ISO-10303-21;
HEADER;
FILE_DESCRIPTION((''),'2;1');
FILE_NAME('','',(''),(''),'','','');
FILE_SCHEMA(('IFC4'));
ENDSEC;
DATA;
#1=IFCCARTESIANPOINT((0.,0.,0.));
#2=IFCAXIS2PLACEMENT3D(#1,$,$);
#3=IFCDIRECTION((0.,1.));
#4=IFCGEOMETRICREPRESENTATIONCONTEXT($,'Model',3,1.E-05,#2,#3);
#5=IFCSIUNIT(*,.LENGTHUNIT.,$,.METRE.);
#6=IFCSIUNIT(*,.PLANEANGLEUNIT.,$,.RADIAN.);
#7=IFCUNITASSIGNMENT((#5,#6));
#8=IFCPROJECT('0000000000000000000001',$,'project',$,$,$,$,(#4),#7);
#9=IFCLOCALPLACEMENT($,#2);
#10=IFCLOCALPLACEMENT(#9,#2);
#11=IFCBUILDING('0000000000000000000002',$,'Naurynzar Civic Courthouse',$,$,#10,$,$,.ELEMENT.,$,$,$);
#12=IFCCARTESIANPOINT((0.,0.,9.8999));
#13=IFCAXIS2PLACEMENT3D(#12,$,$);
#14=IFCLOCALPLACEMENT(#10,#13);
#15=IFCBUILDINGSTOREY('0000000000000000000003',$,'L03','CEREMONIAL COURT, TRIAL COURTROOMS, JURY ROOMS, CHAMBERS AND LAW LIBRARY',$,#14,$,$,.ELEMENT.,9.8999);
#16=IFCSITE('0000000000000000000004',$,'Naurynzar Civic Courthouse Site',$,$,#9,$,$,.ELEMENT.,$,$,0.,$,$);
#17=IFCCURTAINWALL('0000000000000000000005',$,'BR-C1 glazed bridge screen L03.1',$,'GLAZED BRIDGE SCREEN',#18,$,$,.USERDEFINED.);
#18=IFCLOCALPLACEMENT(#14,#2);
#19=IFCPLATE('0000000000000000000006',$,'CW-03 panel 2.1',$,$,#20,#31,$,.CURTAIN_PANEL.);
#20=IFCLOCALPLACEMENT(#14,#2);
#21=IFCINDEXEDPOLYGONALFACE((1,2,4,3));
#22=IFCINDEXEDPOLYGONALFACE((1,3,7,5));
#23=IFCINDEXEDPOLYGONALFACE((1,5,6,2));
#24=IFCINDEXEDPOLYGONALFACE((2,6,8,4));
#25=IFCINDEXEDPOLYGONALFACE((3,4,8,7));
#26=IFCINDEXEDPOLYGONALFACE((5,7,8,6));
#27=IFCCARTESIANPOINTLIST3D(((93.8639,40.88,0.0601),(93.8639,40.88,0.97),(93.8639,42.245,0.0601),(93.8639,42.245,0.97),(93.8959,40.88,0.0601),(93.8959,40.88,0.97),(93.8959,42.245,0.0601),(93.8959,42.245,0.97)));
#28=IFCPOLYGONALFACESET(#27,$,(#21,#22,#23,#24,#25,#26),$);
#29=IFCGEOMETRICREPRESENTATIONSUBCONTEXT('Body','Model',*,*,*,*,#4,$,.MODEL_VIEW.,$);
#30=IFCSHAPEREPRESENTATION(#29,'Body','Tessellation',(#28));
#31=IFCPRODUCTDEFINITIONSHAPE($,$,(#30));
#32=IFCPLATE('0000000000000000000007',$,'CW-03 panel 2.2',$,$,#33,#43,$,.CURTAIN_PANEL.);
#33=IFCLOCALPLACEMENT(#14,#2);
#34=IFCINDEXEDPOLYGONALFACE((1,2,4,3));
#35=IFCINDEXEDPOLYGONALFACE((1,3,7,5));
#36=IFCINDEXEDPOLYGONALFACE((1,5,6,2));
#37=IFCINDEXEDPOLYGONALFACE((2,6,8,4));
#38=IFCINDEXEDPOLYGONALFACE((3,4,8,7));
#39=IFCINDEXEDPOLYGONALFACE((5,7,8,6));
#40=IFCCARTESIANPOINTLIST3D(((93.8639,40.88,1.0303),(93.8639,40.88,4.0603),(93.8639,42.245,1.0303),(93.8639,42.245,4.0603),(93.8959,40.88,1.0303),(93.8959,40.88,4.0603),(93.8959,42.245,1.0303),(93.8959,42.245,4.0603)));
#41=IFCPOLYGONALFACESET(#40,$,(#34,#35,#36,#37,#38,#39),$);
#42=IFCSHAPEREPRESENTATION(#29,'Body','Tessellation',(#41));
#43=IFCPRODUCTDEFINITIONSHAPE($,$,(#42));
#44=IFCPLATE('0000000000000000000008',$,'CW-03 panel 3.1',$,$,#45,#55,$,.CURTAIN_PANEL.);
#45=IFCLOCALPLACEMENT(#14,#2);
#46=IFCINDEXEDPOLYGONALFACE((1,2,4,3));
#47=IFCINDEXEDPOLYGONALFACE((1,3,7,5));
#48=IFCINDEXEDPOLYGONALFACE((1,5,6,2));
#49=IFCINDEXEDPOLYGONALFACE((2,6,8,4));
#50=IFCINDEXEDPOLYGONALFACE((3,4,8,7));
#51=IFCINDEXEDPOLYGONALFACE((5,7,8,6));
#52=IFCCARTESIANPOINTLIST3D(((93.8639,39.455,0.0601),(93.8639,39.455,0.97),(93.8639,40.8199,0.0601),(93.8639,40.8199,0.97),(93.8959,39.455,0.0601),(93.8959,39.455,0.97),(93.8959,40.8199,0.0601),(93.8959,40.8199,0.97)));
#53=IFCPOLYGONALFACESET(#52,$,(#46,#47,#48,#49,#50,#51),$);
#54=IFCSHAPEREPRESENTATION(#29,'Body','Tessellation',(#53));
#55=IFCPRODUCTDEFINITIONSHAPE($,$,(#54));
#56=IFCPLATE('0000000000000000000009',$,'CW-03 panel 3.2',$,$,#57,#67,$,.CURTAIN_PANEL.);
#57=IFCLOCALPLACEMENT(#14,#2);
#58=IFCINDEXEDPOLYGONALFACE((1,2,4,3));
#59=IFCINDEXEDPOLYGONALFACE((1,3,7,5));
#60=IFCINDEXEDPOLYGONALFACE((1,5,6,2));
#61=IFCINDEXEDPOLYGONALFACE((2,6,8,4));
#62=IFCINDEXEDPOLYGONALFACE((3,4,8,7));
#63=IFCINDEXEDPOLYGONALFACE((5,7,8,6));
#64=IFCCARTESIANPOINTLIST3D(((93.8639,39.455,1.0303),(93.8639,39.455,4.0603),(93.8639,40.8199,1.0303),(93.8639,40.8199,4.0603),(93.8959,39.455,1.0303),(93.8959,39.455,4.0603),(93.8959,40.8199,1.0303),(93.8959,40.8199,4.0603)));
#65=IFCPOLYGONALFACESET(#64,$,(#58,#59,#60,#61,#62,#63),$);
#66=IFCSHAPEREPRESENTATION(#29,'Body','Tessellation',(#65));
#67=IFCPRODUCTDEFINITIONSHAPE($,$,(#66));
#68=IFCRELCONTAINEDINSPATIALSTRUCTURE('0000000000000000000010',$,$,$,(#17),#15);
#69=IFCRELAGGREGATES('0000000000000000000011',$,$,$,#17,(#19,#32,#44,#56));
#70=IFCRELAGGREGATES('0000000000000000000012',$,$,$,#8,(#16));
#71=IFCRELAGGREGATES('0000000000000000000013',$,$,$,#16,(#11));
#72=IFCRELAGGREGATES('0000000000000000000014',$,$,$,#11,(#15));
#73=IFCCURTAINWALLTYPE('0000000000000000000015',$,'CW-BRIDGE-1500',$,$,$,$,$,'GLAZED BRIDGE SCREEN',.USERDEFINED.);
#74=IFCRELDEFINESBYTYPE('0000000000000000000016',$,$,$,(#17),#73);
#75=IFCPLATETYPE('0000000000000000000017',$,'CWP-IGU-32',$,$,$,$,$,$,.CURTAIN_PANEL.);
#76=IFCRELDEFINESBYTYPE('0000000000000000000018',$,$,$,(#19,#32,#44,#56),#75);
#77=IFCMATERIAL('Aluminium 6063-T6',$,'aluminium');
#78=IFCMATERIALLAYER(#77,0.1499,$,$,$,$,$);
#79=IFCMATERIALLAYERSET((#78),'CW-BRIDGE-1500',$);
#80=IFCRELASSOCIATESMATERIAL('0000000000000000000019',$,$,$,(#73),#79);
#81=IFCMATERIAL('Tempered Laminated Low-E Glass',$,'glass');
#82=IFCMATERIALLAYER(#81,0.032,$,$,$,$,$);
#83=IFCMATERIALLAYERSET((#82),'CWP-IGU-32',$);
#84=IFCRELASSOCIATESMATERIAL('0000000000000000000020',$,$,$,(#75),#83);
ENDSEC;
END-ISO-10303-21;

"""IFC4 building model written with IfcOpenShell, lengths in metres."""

from ifc_helpers import new_model, si_unit, direction, frame, origin, origin_2d, place, context, subcontext, project, spatial, rectangle, extrude, material, layer, layer_set, type_object, element, aggregate, save


model = new_model("IFC4")

# Units and contexts
model_context = context("Model", 3, precision=1e-05, world=origin(), true_north=direction((0.0, 1.0)))
body_context = subcontext(model_context, "Body", "Model", "MODEL_VIEW")
ifc_project = project(units=[si_unit("LENGTHUNIT", "METRE"), si_unit("PLANEANGLEUNIT", "RADIAN")], contexts=[model_context])

# Site, building, storey
site_placement = place(None, origin())
site = spatial("IfcSite", under=ifc_project, at=site_placement, Name="Naurynzar Civic Courthouse Site", CompositionType="ELEMENT", RefElevation=0.0)
building_placement = place(site_placement, origin())
building = spatial("IfcBuilding", under=site, at=building_placement, Name="Naurynzar Civic Courthouse", CompositionType="ELEMENT")
storey_placement = place(building_placement, frame((0.0, 0.0, 9.8999)))
storey = spatial("IfcBuildingStorey", under=building, at=storey_placement, Name="L03", Description="CEREMONIAL COURT, TRIAL COURTROOMS, JURY ROOMS, CHAMBERS AND LAW LIBRARY", CompositionType="ELEMENT", Elevation=9.8999)

# Curtain wall, plates
ifc_material_1 = material(Name="Aluminium 6063-T6", Category="aluminium")
ifc_layer_1 = layer(ifc_material_1, 0.1499)
ifc_layer_set_1 = layer_set([ifc_layer_1], Name="CW-BRIDGE-1500")
curtain_wall_type = type_object("IfcCurtainWallType", Name="CW-BRIDGE-1500", ElementType="GLAZED BRIDGE SCREEN", PredefinedType="USERDEFINED", material=ifc_layer_set_1)
curtain_wall_placement = place(storey_placement, origin())
curtain_wall = element("IfcCurtainWall", 1, at=curtain_wall_placement, inside=storey, type_object=curtain_wall_type, Name="BR-C1 glazed bridge screen L03.1", ObjectType="GLAZED BRIDGE SCREEN", PredefinedType="USERDEFINED")
ifc_material_2 = material(Name="Tempered Laminated Low-E Glass", Category="glass")
ifc_layer_2 = layer(ifc_material_2, 0.032)
ifc_layer_set_2 = layer_set([ifc_layer_2], Name="CWP-IGU-32")
plate_type = type_object("IfcPlateType", Name="CWP-IGU-32", PredefinedType="CURTAIN_PANEL", material=ifc_layer_set_2)
plate_1_placement = place(storey_placement, frame((93.8799, 41.5625, 0.0601), z_axis=(0.0, 0.0, 1.0), x_axis=(0.0, -1.0, 0.0)))
plate_1 = element("IfcPlate", 2, at=plate_1_placement, type_object=plate_type, Name="CW-03 panel 2.1", PredefinedType="CURTAIN_PANEL", context=body_context, shape_type="SweptSolid", body=[
    extrude(rectangle(XDim=1.365, YDim=0.032, at=origin_2d()), origin(), (0.0, 0.0, 1.0), 0.9099),
])
plate_2_placement = place(storey_placement, frame((93.8799, 41.5625, 1.0303), z_axis=(0.0, 0.0, 1.0), x_axis=(0.0, -1.0, 0.0)))
plate_2 = element("IfcPlate", 3, at=plate_2_placement, type_object=plate_type, Name="CW-03 panel 2.2", PredefinedType="CURTAIN_PANEL", context=body_context, shape_type="SweptSolid", body=[
    extrude(rectangle(XDim=1.365, YDim=0.032, at=origin_2d()), origin(), (0.0, 0.0, 1.0), 3.03),
])
plate_3_placement = place(storey_placement, frame((93.8799, 40.1375, 0.0601), z_axis=(0.0, 0.0, 1.0), x_axis=(0.0, -1.0, 0.0)))
plate_3 = element("IfcPlate", 4, at=plate_3_placement, type_object=plate_type, Name="CW-03 panel 3.1", PredefinedType="CURTAIN_PANEL", context=body_context, shape_type="SweptSolid", body=[
    extrude(rectangle(XDim=1.365, YDim=0.032, at=origin_2d()), origin(), (0.0, 0.0, 1.0), 0.9099),
])
plate_4_placement = place(storey_placement, frame((93.8799, 40.1375, 1.0303), z_axis=(0.0, 0.0, 1.0), x_axis=(0.0, -1.0, 0.0)))
plate_4 = element("IfcPlate", 5, at=plate_4_placement, type_object=plate_type, Name="CW-03 panel 3.2", PredefinedType="CURTAIN_PANEL", context=body_context, shape_type="SweptSolid", body=[
    extrude(rectangle(XDim=1.365, YDim=0.032, at=origin_2d()), origin(), (0.0, 0.0, 1.0), 3.03),
])
aggregate(curtain_wall, [plate_1, plate_2, plate_3, plate_4])

save(model, "model.ifc")
